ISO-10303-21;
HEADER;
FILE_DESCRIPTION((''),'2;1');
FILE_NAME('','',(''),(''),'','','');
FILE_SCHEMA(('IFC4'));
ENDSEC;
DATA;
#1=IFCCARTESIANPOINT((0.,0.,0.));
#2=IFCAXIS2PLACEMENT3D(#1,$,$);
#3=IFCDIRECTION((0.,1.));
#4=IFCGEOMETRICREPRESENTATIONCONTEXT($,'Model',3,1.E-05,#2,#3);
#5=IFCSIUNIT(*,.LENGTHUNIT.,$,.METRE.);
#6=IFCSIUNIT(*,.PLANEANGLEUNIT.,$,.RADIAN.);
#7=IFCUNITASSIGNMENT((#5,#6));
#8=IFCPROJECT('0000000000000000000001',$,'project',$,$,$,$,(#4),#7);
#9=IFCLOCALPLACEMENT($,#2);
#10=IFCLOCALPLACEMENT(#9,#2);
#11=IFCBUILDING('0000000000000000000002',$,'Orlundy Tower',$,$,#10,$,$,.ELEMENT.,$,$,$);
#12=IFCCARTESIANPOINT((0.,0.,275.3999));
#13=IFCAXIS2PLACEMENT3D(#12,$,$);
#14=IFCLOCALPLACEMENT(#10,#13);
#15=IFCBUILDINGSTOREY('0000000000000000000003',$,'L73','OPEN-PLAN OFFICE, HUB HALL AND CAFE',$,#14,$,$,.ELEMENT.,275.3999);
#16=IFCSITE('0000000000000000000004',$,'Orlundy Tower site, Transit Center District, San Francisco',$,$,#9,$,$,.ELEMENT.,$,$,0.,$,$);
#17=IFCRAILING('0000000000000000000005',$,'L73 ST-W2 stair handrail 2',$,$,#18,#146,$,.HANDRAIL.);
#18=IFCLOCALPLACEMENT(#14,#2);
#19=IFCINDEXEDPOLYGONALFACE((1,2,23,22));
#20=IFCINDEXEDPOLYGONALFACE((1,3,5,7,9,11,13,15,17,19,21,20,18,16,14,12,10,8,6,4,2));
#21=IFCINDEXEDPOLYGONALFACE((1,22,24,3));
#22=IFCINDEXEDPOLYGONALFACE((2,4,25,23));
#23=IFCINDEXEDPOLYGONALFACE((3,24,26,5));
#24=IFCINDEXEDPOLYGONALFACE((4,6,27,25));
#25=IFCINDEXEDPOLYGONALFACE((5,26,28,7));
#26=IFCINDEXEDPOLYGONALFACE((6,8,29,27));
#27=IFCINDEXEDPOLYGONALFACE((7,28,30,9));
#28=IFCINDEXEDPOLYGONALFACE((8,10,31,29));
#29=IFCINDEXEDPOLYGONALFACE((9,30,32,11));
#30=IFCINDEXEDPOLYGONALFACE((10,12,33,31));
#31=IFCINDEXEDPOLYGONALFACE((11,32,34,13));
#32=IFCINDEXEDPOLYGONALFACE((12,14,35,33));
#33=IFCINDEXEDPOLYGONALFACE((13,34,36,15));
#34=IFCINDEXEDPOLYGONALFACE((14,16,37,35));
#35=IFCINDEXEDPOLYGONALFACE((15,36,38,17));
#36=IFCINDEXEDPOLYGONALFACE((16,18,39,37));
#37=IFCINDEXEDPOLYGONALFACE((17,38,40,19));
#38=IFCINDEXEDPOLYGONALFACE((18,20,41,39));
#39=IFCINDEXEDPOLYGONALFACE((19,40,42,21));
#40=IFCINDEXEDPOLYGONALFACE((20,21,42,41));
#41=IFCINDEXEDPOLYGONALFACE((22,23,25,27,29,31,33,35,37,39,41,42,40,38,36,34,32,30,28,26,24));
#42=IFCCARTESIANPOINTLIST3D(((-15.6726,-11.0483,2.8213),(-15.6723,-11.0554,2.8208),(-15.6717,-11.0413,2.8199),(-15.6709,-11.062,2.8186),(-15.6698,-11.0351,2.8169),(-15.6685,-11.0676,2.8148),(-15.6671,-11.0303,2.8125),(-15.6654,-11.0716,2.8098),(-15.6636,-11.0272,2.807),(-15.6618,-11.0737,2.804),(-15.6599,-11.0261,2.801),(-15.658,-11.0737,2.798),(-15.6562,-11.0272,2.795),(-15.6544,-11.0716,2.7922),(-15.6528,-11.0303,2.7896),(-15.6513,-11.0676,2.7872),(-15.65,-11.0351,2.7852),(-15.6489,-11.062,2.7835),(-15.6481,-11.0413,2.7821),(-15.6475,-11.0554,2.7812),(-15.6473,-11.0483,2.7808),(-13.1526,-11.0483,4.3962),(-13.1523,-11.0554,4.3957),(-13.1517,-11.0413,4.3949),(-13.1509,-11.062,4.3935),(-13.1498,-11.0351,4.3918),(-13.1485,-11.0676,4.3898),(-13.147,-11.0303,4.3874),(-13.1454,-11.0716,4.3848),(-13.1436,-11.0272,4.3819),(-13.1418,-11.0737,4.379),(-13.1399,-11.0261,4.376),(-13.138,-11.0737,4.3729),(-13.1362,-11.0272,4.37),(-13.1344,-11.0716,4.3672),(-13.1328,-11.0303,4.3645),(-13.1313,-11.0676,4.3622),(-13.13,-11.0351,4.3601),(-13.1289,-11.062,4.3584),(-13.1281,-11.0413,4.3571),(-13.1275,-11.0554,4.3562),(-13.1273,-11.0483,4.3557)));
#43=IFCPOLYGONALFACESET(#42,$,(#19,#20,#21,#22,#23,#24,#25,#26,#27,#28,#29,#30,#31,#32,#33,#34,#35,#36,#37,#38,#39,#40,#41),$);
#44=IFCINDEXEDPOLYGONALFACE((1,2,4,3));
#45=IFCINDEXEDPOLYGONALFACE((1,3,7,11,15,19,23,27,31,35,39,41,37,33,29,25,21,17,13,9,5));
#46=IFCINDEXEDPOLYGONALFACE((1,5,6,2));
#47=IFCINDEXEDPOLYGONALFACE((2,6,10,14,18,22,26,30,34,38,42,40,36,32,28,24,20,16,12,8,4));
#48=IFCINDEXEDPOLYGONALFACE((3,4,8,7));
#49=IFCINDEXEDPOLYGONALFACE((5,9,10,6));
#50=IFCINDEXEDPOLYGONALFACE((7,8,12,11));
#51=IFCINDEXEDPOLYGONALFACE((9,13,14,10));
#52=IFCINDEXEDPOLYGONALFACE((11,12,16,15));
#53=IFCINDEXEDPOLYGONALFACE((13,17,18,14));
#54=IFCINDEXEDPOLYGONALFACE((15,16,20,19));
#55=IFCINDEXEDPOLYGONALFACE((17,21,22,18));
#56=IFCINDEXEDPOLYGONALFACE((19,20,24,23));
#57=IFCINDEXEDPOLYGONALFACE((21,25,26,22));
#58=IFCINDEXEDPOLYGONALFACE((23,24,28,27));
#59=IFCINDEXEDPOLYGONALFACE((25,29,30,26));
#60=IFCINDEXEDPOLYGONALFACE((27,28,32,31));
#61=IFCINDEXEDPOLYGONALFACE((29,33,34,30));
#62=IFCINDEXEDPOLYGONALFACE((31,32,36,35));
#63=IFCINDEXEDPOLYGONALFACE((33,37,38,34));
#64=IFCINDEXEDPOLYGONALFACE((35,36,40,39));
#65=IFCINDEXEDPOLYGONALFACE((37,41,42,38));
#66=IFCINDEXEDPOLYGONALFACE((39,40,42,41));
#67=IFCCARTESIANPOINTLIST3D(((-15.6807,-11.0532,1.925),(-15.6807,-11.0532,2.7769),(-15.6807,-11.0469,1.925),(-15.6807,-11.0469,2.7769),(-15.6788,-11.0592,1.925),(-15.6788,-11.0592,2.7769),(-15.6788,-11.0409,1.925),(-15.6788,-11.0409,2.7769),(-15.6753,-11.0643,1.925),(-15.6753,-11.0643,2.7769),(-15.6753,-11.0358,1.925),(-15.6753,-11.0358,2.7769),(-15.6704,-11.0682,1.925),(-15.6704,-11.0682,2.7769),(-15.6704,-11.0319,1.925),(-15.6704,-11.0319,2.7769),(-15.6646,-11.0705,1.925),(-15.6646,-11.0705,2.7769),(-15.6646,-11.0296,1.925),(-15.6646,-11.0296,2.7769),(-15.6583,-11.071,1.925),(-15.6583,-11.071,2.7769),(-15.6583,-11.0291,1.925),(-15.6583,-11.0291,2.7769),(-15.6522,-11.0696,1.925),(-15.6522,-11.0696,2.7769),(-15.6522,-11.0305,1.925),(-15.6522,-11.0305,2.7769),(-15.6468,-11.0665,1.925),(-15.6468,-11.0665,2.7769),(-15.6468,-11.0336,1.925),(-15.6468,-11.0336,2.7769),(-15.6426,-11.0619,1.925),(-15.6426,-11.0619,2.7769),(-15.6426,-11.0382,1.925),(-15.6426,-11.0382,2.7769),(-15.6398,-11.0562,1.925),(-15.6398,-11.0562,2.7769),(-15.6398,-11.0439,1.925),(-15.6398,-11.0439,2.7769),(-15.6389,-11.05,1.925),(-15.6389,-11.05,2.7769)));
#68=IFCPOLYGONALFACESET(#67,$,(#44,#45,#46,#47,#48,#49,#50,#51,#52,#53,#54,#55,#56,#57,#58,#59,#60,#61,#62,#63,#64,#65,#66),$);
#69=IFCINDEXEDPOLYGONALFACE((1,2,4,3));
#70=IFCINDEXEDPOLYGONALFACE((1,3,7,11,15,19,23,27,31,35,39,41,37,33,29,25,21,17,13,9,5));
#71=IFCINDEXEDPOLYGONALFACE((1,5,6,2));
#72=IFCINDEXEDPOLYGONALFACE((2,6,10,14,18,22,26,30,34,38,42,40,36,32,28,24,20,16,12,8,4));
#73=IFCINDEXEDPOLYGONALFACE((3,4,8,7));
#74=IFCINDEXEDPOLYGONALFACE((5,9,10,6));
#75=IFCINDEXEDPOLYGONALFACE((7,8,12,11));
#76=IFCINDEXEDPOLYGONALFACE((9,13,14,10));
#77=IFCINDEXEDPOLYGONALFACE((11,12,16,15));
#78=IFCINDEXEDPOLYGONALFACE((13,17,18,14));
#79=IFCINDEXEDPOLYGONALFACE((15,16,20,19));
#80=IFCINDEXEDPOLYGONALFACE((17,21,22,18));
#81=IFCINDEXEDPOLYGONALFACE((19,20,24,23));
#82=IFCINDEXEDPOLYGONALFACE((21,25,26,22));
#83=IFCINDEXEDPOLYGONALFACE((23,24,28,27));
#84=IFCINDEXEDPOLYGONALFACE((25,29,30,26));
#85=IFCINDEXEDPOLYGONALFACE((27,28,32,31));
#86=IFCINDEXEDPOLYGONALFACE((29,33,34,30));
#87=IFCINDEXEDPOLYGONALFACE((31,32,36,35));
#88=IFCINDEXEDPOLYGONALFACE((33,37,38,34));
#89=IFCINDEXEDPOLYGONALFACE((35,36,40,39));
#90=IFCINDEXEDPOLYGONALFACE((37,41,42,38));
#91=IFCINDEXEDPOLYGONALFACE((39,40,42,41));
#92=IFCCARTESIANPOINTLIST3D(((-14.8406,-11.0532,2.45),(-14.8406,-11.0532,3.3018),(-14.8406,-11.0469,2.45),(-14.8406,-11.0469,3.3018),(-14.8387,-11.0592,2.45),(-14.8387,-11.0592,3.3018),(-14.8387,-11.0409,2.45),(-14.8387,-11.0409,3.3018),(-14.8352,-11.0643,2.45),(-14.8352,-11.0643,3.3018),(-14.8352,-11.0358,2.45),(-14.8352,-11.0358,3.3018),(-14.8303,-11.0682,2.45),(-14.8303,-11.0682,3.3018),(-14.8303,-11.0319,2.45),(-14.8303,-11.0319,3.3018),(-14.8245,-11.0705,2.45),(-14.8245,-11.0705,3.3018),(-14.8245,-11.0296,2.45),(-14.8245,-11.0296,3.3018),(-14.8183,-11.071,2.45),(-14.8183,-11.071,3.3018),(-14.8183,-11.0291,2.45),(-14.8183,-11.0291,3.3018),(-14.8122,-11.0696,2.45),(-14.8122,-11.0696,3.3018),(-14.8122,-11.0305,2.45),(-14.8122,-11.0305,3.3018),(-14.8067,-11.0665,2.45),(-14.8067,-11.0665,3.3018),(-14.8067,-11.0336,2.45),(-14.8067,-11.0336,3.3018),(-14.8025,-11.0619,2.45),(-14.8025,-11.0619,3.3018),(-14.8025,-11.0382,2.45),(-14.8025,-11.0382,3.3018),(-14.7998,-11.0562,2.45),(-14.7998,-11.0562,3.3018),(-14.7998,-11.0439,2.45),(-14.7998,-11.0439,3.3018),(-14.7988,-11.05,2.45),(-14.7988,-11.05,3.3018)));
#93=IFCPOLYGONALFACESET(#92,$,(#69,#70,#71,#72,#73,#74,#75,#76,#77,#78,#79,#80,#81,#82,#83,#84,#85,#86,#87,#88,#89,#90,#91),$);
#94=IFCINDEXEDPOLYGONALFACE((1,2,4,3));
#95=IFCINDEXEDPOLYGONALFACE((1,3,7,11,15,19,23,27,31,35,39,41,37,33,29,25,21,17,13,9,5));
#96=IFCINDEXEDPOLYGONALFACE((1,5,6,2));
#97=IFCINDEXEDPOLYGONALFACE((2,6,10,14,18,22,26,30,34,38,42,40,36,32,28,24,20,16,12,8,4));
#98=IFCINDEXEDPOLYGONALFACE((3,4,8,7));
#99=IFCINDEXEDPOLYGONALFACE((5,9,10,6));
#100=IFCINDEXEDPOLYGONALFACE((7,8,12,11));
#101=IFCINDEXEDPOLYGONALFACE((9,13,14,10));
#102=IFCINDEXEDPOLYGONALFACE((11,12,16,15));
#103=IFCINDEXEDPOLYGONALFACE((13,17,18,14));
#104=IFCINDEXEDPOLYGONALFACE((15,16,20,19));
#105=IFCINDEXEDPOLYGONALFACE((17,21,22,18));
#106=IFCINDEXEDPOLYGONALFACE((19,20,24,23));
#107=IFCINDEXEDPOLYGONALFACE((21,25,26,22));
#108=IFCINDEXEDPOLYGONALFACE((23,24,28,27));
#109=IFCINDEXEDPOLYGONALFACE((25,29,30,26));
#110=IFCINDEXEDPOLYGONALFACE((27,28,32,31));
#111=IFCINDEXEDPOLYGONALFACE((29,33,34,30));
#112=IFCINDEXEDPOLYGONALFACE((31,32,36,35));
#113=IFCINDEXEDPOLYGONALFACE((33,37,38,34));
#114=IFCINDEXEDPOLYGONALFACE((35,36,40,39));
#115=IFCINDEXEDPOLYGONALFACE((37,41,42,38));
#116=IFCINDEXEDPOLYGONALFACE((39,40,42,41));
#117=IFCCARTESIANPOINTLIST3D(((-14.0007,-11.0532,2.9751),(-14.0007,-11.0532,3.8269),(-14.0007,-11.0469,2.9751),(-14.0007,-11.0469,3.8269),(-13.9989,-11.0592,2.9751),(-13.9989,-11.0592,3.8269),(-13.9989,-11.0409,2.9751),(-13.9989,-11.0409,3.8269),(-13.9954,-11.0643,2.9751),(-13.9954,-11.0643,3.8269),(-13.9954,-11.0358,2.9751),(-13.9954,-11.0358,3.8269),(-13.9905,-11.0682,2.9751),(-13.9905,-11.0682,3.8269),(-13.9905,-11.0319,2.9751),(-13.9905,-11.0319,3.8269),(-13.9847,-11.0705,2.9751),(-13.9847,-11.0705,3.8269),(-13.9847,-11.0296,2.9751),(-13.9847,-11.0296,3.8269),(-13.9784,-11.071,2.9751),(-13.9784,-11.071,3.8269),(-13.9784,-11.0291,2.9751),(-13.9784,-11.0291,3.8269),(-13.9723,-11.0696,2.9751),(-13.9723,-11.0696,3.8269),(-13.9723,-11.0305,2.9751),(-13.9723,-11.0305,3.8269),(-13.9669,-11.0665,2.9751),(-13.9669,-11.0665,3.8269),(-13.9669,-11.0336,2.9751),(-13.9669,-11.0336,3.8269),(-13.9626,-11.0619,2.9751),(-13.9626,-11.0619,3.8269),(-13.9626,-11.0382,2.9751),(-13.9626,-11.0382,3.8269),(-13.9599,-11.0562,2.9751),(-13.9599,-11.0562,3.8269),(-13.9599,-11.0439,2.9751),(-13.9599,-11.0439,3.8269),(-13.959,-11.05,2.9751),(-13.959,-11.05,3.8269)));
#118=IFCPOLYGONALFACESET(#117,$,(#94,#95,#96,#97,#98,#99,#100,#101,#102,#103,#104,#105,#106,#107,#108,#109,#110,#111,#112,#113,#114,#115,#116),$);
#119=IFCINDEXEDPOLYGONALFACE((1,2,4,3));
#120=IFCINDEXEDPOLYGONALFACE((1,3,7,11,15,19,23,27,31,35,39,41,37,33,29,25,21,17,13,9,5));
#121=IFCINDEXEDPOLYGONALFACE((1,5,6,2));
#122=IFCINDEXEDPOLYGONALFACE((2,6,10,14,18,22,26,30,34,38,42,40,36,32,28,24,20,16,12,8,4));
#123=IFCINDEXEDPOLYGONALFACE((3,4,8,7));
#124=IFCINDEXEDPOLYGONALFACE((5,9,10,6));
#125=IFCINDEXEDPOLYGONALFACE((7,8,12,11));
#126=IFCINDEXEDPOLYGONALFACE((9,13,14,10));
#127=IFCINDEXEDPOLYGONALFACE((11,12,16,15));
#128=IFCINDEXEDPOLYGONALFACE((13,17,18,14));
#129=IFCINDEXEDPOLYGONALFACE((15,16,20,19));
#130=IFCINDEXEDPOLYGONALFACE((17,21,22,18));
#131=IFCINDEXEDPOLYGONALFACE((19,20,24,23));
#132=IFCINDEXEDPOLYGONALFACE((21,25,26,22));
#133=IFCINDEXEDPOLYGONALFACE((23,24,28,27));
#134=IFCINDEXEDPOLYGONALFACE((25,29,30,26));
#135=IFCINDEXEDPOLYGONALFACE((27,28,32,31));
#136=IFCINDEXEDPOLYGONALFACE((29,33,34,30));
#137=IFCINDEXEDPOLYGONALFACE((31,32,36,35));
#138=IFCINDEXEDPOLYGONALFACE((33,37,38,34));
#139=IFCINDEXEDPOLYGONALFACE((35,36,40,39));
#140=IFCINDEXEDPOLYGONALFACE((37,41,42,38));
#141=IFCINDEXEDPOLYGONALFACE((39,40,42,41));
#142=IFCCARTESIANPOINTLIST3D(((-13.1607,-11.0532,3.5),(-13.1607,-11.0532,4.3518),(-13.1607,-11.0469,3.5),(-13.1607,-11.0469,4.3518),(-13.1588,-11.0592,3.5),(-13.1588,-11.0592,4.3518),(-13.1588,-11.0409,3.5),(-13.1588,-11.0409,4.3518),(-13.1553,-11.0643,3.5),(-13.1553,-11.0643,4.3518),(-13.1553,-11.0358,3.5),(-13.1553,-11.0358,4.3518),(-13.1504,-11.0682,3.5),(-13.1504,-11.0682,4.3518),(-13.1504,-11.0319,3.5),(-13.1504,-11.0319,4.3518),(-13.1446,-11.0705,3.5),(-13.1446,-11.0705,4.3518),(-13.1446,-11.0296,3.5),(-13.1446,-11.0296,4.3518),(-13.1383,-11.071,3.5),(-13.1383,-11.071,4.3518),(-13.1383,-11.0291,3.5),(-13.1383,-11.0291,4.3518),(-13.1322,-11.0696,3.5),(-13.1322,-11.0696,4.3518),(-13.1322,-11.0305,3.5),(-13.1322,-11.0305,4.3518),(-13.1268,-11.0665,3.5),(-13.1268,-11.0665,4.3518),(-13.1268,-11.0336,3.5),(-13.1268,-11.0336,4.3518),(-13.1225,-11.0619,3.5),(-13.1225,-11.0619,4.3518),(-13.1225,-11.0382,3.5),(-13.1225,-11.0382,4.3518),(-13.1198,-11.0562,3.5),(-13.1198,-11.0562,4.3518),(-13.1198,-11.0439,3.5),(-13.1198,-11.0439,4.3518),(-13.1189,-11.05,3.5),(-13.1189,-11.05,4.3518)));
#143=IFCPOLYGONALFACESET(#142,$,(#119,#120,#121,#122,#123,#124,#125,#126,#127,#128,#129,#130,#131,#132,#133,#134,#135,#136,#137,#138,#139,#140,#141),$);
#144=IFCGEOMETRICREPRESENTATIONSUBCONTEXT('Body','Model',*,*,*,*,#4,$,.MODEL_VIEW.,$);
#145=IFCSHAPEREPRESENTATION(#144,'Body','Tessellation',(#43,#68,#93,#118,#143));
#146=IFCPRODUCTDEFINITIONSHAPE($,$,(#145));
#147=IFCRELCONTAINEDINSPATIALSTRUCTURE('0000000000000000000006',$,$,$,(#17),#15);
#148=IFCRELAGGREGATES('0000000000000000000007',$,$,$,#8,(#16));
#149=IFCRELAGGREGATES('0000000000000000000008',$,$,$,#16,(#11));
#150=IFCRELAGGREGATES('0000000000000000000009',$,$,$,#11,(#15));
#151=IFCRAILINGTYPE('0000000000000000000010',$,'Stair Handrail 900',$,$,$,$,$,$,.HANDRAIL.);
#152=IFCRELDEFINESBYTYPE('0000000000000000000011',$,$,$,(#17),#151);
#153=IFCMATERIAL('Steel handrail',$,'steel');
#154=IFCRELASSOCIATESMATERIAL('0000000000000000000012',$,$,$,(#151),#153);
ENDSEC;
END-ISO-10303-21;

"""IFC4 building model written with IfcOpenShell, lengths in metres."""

from ifc_helpers import new_model, si_unit, direction, frame, origin, origin_2d, place, context, subcontext, project, spatial, circle, extrude, material, type_object, element, save


model = new_model("IFC4")

# Units and contexts
model_context = context("Model", 3, precision=1e-05, world=origin(), true_north=direction((0.0, 1.0)))
body_context = subcontext(model_context, "Body", "Model", "MODEL_VIEW")
ifc_project = project(units=[si_unit("LENGTHUNIT", "METRE"), si_unit("PLANEANGLEUNIT", "RADIAN")], contexts=[model_context])

# Site, building, storey
site_placement = place(None, origin())
site = spatial("IfcSite", under=ifc_project, at=site_placement, Name="Orlundy Tower site, Transit Center District, San Francisco", CompositionType="ELEMENT", RefElevation=0.0)
building_placement = place(site_placement, origin())
building = spatial("IfcBuilding", under=site, at=building_placement, Name="Orlundy Tower", CompositionType="ELEMENT")
storey_placement = place(building_placement, frame((0.0, 0.0, 275.3999)))
storey = spatial("IfcBuildingStorey", under=building, at=storey_placement, Name="L73", Description="OPEN-PLAN OFFICE, HUB HALL AND CAFE", CompositionType="ELEMENT", Elevation=275.3999)

# Railing
ifc_material_1 = material(Name="Steel handrail", Category="steel")
railing_type_1 = type_object("IfcRailingType", Name="Stair Handrail 900", PredefinedType="HANDRAIL", material=ifc_material_1)
railing_1_placement = place(storey_placement, frame((-15.6599, -11.05, 1.925)))
element("IfcRailing", 1, at=railing_1_placement, inside=storey, type_object=railing_type_1, Name="L73 ST-W2 stair handrail 2", PredefinedType="HANDRAIL", context=body_context, shape_type="SweptSolid", body=[
    extrude(circle(Radius=0.0239, at=origin_2d()), frame((0.0, 0.0, 0.876), z_axis=(0.848008, 0.0, 0.529984), x_axis=(0.0, 1.0, 0.0)), (0.0, 0.0, 1.0), 2.9717),
    extrude(circle(Radius=0.021, at=origin_2d()), origin(), (0.0, 0.0, 1.0), 0.8518),
    extrude(circle(Radius=0.021, at=origin_2d()), frame((0.8401, 0.0, 0.5249)), (0.0, 0.0, 1.0), 0.8518),
    extrude(circle(Radius=0.021, at=origin_2d()), frame((1.6799, 0.0, 1.05)), (0.0, 0.0, 1.0), 0.8518),
    extrude(circle(Radius=0.021, at=origin_2d()), frame((2.52, 0.0, 1.575)), (0.0, 0.0, 1.0), 0.8518),
])

save(model, "model.ifc")
